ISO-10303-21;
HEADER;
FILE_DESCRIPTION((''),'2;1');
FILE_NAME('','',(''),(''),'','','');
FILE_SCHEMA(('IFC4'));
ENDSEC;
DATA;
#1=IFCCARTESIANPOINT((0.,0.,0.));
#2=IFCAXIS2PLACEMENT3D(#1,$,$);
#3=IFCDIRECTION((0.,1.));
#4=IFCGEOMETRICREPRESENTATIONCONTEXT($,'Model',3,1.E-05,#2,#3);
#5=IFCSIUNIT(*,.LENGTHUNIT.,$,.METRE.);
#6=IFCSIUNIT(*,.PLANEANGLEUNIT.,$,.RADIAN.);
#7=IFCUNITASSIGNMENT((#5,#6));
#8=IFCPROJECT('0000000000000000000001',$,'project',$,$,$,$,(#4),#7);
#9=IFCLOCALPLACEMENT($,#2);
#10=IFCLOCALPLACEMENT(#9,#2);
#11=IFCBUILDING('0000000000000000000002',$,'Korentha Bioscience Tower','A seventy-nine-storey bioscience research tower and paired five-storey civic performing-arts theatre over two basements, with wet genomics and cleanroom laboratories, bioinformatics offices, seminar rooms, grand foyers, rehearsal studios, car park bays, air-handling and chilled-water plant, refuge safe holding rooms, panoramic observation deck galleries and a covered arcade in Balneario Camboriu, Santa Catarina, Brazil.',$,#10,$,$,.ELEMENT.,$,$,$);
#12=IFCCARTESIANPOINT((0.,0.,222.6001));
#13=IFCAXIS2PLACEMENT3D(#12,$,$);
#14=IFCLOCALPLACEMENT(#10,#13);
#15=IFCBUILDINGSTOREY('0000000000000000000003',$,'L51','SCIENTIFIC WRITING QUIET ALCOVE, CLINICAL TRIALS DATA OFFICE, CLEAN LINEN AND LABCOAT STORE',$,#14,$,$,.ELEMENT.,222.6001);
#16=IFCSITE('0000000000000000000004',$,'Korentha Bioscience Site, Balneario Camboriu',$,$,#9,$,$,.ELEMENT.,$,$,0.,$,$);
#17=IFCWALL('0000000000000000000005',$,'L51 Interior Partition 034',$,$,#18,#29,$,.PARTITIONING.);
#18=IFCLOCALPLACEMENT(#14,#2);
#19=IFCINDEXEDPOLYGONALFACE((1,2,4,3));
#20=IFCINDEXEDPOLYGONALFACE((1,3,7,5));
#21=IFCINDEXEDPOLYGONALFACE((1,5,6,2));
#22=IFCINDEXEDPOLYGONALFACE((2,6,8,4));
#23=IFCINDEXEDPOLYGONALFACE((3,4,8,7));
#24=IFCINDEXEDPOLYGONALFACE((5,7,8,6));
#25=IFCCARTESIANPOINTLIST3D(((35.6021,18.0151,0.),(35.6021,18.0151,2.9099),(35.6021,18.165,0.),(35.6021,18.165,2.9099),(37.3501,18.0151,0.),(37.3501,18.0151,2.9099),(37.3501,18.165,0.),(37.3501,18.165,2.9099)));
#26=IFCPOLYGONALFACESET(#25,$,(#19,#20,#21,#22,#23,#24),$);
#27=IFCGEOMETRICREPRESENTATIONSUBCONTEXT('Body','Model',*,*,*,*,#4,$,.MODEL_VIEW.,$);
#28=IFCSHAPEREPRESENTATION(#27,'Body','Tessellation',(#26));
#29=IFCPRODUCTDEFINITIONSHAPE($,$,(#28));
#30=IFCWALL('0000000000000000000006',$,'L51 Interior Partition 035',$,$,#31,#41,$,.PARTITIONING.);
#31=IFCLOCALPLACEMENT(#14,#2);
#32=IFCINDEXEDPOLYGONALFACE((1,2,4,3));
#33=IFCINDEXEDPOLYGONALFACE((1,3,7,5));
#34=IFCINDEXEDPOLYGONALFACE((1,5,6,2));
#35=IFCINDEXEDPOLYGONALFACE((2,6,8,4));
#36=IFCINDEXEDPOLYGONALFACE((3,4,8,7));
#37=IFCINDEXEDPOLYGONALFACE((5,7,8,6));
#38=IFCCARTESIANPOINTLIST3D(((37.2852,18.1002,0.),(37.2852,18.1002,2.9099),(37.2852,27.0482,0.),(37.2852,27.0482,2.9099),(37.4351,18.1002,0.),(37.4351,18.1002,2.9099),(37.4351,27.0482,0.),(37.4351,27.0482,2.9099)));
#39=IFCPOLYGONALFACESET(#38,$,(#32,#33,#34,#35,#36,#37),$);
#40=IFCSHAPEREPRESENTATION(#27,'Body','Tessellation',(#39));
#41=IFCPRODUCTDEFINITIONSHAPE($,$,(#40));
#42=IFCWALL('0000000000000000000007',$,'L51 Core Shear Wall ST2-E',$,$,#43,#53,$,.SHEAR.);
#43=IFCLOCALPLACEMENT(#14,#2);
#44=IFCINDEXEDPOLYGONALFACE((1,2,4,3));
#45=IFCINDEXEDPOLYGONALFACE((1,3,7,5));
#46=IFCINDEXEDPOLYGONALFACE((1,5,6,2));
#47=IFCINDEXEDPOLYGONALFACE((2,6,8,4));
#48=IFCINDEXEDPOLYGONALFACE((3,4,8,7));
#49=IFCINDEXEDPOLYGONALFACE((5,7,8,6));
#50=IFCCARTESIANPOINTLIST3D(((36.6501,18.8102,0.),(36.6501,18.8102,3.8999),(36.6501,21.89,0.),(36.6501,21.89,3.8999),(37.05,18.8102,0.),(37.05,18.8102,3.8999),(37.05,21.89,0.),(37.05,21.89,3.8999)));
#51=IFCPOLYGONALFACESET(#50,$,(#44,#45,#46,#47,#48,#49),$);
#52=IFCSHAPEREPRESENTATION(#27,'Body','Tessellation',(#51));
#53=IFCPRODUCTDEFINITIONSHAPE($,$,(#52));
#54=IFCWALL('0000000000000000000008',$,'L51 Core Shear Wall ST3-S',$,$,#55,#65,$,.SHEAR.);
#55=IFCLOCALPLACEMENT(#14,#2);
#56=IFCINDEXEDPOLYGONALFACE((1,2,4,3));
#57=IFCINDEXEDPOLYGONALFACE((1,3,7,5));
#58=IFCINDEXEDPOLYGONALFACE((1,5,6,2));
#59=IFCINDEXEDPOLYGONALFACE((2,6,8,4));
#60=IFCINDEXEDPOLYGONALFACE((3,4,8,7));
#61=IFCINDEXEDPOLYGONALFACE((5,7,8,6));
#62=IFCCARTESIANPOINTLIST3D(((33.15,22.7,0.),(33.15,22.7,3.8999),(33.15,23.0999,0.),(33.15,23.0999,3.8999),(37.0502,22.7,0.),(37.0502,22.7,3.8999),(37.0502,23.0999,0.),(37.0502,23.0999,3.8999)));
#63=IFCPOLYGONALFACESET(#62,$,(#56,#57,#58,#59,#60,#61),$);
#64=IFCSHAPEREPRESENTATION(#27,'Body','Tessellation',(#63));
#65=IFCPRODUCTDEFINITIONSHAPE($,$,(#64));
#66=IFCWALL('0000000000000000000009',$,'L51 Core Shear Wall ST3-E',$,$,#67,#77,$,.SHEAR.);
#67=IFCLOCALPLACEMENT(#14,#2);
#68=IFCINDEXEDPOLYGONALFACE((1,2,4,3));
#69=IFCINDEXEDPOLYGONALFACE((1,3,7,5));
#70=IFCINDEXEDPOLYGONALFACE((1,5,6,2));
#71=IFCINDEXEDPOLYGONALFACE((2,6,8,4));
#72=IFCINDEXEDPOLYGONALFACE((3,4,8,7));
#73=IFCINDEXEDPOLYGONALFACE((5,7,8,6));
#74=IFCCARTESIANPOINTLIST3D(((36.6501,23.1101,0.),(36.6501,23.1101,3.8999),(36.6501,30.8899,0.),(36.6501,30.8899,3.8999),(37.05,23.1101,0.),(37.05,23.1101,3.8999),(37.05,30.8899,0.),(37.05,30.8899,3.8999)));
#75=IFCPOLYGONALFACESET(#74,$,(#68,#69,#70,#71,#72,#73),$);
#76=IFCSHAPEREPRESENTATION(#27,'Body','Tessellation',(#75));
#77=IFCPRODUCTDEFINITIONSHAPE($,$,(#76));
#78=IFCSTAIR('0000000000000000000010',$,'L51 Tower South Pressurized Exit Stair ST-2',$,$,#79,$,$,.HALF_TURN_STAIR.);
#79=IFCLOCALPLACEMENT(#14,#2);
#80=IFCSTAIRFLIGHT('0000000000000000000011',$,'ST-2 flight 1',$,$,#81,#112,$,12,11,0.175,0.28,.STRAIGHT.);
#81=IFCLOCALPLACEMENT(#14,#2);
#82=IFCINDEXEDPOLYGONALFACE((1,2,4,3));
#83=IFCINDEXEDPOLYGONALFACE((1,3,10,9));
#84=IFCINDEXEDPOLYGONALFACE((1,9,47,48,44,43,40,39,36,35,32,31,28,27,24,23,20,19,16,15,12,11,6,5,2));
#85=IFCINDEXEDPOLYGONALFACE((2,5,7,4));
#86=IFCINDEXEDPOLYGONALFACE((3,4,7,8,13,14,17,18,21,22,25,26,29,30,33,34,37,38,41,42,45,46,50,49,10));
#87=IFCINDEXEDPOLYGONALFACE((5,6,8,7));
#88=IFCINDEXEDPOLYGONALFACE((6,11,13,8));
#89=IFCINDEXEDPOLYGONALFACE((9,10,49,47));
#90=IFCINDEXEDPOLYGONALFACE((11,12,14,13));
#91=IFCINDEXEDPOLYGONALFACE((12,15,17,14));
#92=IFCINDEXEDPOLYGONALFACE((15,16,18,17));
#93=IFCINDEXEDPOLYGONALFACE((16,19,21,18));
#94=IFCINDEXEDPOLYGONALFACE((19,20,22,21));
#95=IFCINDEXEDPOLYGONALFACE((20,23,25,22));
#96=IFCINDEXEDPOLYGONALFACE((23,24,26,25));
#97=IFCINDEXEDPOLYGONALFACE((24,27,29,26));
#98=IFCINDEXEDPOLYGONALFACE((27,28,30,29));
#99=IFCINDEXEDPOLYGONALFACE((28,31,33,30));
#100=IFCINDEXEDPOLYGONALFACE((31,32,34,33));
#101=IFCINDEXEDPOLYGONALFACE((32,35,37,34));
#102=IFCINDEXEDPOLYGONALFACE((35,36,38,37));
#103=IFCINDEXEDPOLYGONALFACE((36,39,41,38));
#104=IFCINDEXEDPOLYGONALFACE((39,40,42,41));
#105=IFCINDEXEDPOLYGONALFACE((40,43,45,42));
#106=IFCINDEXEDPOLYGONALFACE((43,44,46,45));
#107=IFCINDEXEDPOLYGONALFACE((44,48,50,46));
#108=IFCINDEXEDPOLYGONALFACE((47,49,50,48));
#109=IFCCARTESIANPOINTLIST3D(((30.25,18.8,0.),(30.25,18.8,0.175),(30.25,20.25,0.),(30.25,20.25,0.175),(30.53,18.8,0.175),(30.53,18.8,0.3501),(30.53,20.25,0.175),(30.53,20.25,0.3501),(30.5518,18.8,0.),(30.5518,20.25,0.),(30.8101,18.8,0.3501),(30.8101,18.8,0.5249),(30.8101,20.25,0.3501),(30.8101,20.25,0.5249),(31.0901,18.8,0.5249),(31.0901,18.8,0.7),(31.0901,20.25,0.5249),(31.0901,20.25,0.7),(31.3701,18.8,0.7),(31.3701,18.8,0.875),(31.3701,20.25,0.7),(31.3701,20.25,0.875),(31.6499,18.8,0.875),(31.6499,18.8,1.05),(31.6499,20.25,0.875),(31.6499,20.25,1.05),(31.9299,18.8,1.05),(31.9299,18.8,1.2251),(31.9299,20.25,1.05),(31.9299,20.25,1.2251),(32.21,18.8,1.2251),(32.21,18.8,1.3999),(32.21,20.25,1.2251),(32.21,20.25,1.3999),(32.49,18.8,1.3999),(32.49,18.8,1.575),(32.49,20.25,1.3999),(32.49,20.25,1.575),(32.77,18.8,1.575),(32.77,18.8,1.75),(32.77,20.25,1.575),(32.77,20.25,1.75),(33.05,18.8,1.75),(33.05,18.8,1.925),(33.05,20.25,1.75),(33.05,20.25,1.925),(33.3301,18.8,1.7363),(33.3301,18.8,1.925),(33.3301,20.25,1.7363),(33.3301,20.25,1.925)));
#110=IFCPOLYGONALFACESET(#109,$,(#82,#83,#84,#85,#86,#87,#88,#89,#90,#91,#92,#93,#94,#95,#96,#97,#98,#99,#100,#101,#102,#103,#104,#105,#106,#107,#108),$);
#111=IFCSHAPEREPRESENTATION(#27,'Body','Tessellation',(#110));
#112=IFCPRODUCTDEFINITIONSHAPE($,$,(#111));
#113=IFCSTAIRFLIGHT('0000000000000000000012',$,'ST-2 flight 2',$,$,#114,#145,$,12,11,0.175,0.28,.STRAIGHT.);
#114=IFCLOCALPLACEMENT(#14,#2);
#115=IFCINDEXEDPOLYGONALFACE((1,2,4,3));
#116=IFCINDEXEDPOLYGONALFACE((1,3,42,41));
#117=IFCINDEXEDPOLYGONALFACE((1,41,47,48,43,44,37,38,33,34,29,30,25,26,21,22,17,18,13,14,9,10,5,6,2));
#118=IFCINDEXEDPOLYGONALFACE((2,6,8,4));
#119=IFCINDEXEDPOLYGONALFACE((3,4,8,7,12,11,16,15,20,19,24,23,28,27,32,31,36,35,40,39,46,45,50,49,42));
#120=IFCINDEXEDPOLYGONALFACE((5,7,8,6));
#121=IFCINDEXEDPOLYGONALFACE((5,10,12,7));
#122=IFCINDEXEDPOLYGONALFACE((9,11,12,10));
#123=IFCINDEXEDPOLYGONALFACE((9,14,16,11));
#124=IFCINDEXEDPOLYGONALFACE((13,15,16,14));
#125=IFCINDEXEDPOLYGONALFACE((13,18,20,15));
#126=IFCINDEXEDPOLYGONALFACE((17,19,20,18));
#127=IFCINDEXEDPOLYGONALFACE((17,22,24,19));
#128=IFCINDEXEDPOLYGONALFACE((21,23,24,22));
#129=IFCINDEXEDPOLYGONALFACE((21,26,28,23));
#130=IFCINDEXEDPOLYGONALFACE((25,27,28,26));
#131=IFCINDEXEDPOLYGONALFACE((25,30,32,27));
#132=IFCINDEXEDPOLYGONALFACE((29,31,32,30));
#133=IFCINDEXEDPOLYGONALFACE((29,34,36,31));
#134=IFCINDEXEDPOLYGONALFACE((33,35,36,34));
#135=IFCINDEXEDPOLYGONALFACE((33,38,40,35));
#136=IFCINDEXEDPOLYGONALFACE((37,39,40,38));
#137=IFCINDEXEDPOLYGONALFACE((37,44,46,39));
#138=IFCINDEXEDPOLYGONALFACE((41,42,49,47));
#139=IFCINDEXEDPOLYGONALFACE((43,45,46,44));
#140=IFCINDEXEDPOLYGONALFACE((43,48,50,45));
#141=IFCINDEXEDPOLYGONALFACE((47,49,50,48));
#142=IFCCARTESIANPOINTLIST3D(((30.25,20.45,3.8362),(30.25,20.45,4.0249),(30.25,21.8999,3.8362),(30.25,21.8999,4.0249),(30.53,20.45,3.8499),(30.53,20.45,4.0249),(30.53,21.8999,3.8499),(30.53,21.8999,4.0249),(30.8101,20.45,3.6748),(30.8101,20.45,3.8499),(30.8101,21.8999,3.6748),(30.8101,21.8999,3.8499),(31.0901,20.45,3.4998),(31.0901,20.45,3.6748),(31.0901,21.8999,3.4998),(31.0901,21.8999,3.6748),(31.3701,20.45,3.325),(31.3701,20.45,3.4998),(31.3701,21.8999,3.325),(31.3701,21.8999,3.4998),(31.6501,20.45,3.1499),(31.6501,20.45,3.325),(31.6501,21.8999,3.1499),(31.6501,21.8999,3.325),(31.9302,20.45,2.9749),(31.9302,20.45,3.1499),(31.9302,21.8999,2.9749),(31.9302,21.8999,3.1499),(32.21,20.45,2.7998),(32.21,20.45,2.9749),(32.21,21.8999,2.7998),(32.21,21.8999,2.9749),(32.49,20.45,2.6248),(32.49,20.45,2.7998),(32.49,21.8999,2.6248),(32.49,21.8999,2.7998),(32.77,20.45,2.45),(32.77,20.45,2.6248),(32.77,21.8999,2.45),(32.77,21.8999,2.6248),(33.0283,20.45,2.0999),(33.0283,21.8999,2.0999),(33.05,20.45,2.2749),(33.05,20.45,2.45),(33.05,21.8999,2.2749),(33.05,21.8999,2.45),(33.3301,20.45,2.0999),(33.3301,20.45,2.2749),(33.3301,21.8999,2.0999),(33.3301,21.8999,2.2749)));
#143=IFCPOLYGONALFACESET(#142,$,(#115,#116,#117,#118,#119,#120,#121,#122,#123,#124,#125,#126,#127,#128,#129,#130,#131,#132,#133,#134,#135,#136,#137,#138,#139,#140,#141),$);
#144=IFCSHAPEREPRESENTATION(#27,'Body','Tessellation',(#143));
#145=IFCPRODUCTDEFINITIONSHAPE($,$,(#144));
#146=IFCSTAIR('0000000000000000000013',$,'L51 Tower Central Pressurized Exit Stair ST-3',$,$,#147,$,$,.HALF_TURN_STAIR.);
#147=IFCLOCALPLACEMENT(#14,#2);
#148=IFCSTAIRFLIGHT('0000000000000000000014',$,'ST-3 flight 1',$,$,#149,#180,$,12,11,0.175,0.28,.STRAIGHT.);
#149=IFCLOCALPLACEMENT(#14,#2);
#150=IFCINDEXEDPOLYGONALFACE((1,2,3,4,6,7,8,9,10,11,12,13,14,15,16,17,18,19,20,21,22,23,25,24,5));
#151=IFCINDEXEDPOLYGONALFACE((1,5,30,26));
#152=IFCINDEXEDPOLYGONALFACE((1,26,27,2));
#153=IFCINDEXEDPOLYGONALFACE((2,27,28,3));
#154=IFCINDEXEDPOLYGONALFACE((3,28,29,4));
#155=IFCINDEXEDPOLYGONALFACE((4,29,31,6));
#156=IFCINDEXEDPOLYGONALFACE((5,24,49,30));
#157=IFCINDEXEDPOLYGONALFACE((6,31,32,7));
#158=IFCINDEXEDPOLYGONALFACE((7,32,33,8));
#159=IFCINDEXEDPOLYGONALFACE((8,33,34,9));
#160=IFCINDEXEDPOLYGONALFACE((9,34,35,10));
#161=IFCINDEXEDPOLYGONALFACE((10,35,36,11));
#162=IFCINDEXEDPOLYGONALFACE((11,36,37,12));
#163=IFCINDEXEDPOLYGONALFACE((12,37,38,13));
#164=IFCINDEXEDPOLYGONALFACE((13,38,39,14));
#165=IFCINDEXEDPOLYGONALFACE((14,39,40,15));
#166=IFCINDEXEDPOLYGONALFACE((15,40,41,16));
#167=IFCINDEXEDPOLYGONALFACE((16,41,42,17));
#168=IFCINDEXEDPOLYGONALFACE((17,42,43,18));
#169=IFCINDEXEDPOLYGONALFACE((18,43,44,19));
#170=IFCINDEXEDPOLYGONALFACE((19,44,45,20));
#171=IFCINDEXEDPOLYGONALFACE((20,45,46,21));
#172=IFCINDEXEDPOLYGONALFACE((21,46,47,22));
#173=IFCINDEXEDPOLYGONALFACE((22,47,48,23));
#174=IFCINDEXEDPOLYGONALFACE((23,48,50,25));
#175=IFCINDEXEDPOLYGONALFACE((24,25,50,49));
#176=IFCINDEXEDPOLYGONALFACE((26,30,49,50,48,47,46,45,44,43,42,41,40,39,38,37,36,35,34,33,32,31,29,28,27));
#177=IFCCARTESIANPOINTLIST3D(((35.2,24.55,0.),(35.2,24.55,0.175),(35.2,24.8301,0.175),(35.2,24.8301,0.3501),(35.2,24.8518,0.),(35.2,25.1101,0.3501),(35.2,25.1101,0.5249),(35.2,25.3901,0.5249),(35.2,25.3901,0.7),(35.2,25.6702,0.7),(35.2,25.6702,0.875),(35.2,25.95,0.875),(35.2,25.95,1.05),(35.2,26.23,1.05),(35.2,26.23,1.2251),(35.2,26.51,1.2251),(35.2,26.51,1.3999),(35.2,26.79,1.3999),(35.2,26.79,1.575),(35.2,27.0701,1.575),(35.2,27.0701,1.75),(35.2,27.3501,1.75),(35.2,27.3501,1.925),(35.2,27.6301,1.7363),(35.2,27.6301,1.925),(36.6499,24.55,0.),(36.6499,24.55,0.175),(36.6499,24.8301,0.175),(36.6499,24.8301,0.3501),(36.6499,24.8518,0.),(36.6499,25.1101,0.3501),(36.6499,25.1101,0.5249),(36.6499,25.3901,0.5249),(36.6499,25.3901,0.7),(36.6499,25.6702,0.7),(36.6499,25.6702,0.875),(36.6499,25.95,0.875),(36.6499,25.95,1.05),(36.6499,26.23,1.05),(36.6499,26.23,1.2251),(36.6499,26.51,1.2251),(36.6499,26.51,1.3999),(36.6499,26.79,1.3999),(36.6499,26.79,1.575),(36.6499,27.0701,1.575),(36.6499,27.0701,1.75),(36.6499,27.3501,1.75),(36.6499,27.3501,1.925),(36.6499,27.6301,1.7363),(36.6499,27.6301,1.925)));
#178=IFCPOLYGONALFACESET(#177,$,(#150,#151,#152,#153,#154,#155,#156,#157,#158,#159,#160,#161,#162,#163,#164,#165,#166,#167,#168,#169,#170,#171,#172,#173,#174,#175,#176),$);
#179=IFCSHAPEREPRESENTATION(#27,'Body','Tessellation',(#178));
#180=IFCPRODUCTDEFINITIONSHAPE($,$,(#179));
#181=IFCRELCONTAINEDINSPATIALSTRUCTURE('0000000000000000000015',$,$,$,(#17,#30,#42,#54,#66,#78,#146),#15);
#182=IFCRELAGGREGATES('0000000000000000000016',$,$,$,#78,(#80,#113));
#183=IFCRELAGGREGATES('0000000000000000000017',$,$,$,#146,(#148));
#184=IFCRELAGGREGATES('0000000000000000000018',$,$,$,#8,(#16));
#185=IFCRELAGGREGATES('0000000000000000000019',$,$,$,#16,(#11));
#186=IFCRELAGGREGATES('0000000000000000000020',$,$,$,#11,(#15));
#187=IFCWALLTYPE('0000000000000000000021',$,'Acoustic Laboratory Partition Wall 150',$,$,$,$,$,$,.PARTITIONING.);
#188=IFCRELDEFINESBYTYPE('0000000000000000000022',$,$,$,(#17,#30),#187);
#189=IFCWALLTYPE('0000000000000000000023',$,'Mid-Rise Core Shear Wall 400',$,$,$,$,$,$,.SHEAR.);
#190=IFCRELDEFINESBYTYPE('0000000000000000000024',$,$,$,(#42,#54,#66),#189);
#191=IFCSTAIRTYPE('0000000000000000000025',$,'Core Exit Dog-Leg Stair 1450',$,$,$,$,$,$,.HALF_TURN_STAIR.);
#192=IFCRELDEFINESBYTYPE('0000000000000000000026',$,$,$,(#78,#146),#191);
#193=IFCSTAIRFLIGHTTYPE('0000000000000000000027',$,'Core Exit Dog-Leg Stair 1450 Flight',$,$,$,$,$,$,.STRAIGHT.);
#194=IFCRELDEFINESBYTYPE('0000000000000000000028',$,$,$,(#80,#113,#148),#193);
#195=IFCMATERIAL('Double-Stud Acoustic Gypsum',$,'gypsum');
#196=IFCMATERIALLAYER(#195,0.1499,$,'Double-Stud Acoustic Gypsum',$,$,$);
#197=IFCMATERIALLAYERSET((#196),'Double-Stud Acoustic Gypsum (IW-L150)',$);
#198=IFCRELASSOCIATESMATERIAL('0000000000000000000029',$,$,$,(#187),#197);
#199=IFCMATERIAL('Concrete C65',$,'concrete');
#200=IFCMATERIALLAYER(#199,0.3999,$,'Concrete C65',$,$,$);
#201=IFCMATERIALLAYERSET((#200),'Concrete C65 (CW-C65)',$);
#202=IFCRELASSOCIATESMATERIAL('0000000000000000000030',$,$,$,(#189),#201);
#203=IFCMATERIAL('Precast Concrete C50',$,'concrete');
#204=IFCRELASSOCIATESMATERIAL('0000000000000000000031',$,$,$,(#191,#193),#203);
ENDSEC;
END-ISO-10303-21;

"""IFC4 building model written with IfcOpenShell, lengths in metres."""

from ifc_helpers import new_model, si_unit, direction, frame, frame_2d, origin, place, context, subcontext, project, spatial, polyline, rectangle, outline, extrude, material, layer, layer_set, type_object, element, aggregate, save


model = new_model("IFC4")

# Units and contexts
model_context = context("Model", 3, precision=1e-05, world=origin(), true_north=direction((0.0, 1.0)))
body_context = subcontext(model_context, "Body", "Model", "MODEL_VIEW")
ifc_project = project(units=[si_unit("LENGTHUNIT", "METRE"), si_unit("PLANEANGLEUNIT", "RADIAN")], contexts=[model_context])

# Site, building, storey
site_placement = place(None, origin())
site = spatial("IfcSite", under=ifc_project, at=site_placement, Name="Korentha Bioscience Site, Balneario Camboriu", CompositionType="ELEMENT", RefElevation=0.0)
building_placement = place(site_placement, origin())
building = spatial("IfcBuilding", under=site, at=building_placement, Name="Korentha Bioscience Tower", Description="A seventy-nine-storey bioscience research tower and paired five-storey civic performing-arts theatre over two basements, with wet genomics and cleanroom laboratories, bioinformatics offices, seminar rooms, grand foyers, rehearsal studios, car park bays, air-handling and chilled-water plant, refuge safe holding rooms, panoramic observation deck galleries and a covered arcade in Balneario Camboriu, Santa Catarina, Brazil.", CompositionType="ELEMENT")
storey_placement = place(building_placement, frame((0.0, 0.0, 222.6001)))
storey = spatial("IfcBuildingStorey", under=building, at=storey_placement, Name="L51", Description="SCIENTIFIC WRITING QUIET ALCOVE, CLINICAL TRIALS DATA OFFICE, CLEAN LINEN AND LABCOAT STORE", CompositionType="ELEMENT", Elevation=222.6001)

# Shared definitions
ifc_material_1 = material(Name="Concrete C65", Category="concrete")

# Walls
ifc_material_2 = material(Name="Double-Stud Acoustic Gypsum", Category="gypsum")
ifc_layer_1 = layer(ifc_material_2, 0.1499, Name="Double-Stud Acoustic Gypsum")
ifc_layer_set_1 = layer_set([ifc_layer_1], Name="Double-Stud Acoustic Gypsum (IW-L150)")
wall_type_1 = type_object("IfcWallType", Name="Acoustic Laboratory Partition Wall 150", PredefinedType="PARTITIONING", material=ifc_layer_set_1)
wall_1_placement = place(storey_placement, frame((35.6021, 18.0901, 0.0), z_axis=(0.0, 0.0, 1.0), x_axis=(1.0, 0.0, 0.0)))
element("IfcWall", 1, at=wall_1_placement, inside=storey, type_object=wall_type_1, Name="L51 Interior Partition 034", PredefinedType="PARTITIONING", context=body_context, shape_type="SweptSolid", body=[
    extrude(rectangle(XDim=1.748, YDim=0.1499, at=frame_2d((0.874, 0.0))), origin(), (0.0, 0.0, 1.0), 2.9099),
])
wall_2_placement = place(storey_placement, frame((37.3601, 18.1001, 0.0), z_axis=(0.0, 0.0, 1.0), x_axis=(0.0, 1.0, 0.0)))
element("IfcWall", 2, at=wall_2_placement, inside=storey, type_object=wall_type_1, Name="L51 Interior Partition 035", PredefinedType="PARTITIONING", context=body_context, shape_type="SweptSolid", body=[
    extrude(rectangle(XDim=8.948, YDim=0.1499, at=frame_2d((4.4741, 0.0))), origin(), (0.0, 0.0, 1.0), 2.9099),
])
ifc_layer_2 = layer(ifc_material_1, 0.3999, Name="Concrete C65")
ifc_layer_set_2 = layer_set([ifc_layer_2], Name="Concrete C65 (CW-C65)")
wall_type_2 = type_object("IfcWallType", Name="Mid-Rise Core Shear Wall 400", PredefinedType="SHEAR", material=ifc_layer_set_2)
wall_3_placement = place(storey_placement, frame((36.8501, 18.8101, 0.0), z_axis=(0.0, 0.0, 1.0), x_axis=(0.0, 1.0, 0.0)))
element("IfcWall", 3, at=wall_3_placement, inside=storey, type_object=wall_type_2, Name="L51 Core Shear Wall ST2-E", PredefinedType="SHEAR", context=body_context, shape_type="SweptSolid", body=[
    extrude(rectangle(XDim=3.0798, YDim=0.3999, at=frame_2d((1.54, 0.0))), origin(), (0.0, 0.0, 1.0), 3.8999),
])
wall_4_placement = place(storey_placement, frame((33.1499, 22.8999, 0.0), z_axis=(0.0, 0.0, 1.0), x_axis=(1.0, 0.0, 0.0)))
element("IfcWall", 4, at=wall_4_placement, inside=storey, type_object=wall_type_2, Name="L51 Core Shear Wall ST3-S", PredefinedType="SHEAR", context=body_context, shape_type="SweptSolid", body=[
    extrude(rectangle(XDim=3.9001, YDim=0.3999, at=frame_2d((1.9502, 0.0))), origin(), (0.0, 0.0, 1.0), 3.8999),
])
wall_5_placement = place(storey_placement, frame((36.8501, 23.1101, 0.0), z_axis=(0.0, 0.0, 1.0), x_axis=(0.0, 1.0, 0.0)))
element("IfcWall", 5, at=wall_5_placement, inside=storey, type_object=wall_type_2, Name="L51 Core Shear Wall ST3-E", PredefinedType="SHEAR", context=body_context, shape_type="SweptSolid", body=[
    extrude(rectangle(XDim=7.7798, YDim=0.3999, at=frame_2d((3.8899, 0.0))), origin(), (0.0, 0.0, 1.0), 3.8999),
])

# Stair, stair flights
ifc_material_3 = material(Name="Precast Concrete C50", Category="concrete")
stair_type = type_object("IfcStairType", Name="Core Exit Dog-Leg Stair 1450", PredefinedType="HALF_TURN_STAIR", material=ifc_material_3)
stair_1_placement = place(storey_placement, origin())
stair_1 = element("IfcStair", 6, at=stair_1_placement, inside=storey, type_object=stair_type, Name="L51 Tower South Pressurized Exit Stair ST-2", PredefinedType="HALF_TURN_STAIR")
stair_flight_type = type_object("IfcStairFlightType", Name="Core Exit Dog-Leg Stair 1450 Flight", PredefinedType="STRAIGHT", material=ifc_material_3)
stair_flight_1_placement = place(storey_placement, frame((30.25, 19.5249, 0.0), z_axis=(0.0, 0.0, 1.0), x_axis=(1.0, 0.0, 0.0)))
stair_flight_1 = element("IfcStairFlight", 7, at=stair_flight_1_placement, type_object=stair_flight_type, Name="ST-2 flight 1", NumberOfRisers=12, NumberOfTreads=11, PredefinedType="STRAIGHT", RiserHeight=0.175, TreadLength=0.28, context=body_context, shape_type="SweptSolid", body=[
    extrude(outline(polyline([(0.0, 0.0), (0.0, 0.175), (0.28, 0.175), (0.28, 0.3501), (0.5601, 0.3501), (0.5601, 0.5249), (0.8401, 0.5249), (0.8401, 0.7), (1.1201, 0.7), (1.1201, 0.875), (1.3999, 0.875), (1.3999, 1.05), (1.6799, 1.05), (1.6799, 1.2251), (1.96, 1.2251), (1.96, 1.3999), (2.24, 1.3999), (2.24, 1.575), (2.52, 1.575), (2.52, 1.75), (2.8, 1.75), (2.8, 1.925), (3.0801, 1.925), (3.0801, 2.1001), (3.0801, 1.7363), (0.3018, 0.0), (0.0, 0.0)])), frame((0.0, 0.7251, 0.0), z_axis=(0.0, -1.0, 0.0), x_axis=(1.0, 0.0, 0.0)), (0.0, 0.0, 1.0), 1.45),
])
stair_flight_2_placement = place(storey_placement, frame((33.3301, 21.175, 2.0999), z_axis=(0.0, 0.0, 1.0), x_axis=(-1.0, 0.0, 0.0)))
stair_flight_2 = element("IfcStairFlight", 8, at=stair_flight_2_placement, type_object=stair_flight_type, Name="ST-2 flight 2", NumberOfRisers=12, NumberOfTreads=11, PredefinedType="STRAIGHT", RiserHeight=0.175, TreadLength=0.28, context=body_context, shape_type="SweptSolid", body=[
    extrude(outline(polyline([(0.0, 0.0), (0.0, 0.175), (0.28, 0.175), (0.28, 0.3501), (0.5601, 0.3501), (0.5601, 0.5249), (0.8401, 0.5249), (0.8401, 0.7), (1.1201, 0.7), (1.1201, 0.875), (1.3999, 0.875), (1.3999, 1.05), (1.6799, 1.05), (1.6799, 1.2251), (1.96, 1.2251), (1.96, 1.3999), (2.24, 1.3999), (2.24, 1.575), (2.52, 1.575), (2.52, 1.75), (2.8, 1.75), (2.8, 1.925), (3.0801, 1.925), (3.0801, 2.1001), (3.0801, 1.7363), (0.3018, 0.0), (0.0, 0.0)])), frame((0.0, 0.7251, 0.0), z_axis=(0.0, -1.0, 0.0), x_axis=(1.0, 0.0, 0.0)), (0.0, 0.0, 1.0), 1.45),
])
aggregate(stair_1, [stair_flight_1, stair_flight_2])

# Stair, stair flight
stair_2_placement = place(storey_placement, origin())
stair_2 = element("IfcStair", 9, at=stair_2_placement, inside=storey, type_object=stair_type, Name="L51 Tower Central Pressurized Exit Stair ST-3", PredefinedType="HALF_TURN_STAIR")
stair_flight_3_placement = place(storey_placement, frame((35.925, 24.55, 0.0), z_axis=(0.0, 0.0, 1.0), x_axis=(0.0, 1.0, 0.0)))
stair_flight_3 = element("IfcStairFlight", 10, at=stair_flight_3_placement, type_object=stair_flight_type, Name="ST-3 flight 1", NumberOfRisers=12, NumberOfTreads=11, PredefinedType="STRAIGHT", RiserHeight=0.175, TreadLength=0.28, context=body_context, shape_type="SweptSolid", body=[
    extrude(outline(polyline([(0.0, 0.0), (0.0, 0.175), (0.28, 0.175), (0.28, 0.3501), (0.5601, 0.3501), (0.5601, 0.5249), (0.8401, 0.5249), (0.8401, 0.7), (1.1201, 0.7), (1.1201, 0.875), (1.3999, 0.875), (1.3999, 1.05), (1.6799, 1.05), (1.6799, 1.2251), (1.96, 1.2251), (1.96, 1.3999), (2.24, 1.3999), (2.24, 1.575), (2.52, 1.575), (2.52, 1.75), (2.8, 1.75), (2.8, 1.925), (3.0801, 1.925), (3.0801, 2.1001), (3.0801, 1.7363), (0.3018, 0.0), (0.0, 0.0)])), frame((0.0, 0.7251, 0.0), z_axis=(0.0, -1.0, 0.0), x_axis=(1.0, 0.0, 0.0)), (0.0, 0.0, 1.0), 1.45),
])
aggregate(stair_2, [stair_flight_3])

save(model, "model.ifc")
